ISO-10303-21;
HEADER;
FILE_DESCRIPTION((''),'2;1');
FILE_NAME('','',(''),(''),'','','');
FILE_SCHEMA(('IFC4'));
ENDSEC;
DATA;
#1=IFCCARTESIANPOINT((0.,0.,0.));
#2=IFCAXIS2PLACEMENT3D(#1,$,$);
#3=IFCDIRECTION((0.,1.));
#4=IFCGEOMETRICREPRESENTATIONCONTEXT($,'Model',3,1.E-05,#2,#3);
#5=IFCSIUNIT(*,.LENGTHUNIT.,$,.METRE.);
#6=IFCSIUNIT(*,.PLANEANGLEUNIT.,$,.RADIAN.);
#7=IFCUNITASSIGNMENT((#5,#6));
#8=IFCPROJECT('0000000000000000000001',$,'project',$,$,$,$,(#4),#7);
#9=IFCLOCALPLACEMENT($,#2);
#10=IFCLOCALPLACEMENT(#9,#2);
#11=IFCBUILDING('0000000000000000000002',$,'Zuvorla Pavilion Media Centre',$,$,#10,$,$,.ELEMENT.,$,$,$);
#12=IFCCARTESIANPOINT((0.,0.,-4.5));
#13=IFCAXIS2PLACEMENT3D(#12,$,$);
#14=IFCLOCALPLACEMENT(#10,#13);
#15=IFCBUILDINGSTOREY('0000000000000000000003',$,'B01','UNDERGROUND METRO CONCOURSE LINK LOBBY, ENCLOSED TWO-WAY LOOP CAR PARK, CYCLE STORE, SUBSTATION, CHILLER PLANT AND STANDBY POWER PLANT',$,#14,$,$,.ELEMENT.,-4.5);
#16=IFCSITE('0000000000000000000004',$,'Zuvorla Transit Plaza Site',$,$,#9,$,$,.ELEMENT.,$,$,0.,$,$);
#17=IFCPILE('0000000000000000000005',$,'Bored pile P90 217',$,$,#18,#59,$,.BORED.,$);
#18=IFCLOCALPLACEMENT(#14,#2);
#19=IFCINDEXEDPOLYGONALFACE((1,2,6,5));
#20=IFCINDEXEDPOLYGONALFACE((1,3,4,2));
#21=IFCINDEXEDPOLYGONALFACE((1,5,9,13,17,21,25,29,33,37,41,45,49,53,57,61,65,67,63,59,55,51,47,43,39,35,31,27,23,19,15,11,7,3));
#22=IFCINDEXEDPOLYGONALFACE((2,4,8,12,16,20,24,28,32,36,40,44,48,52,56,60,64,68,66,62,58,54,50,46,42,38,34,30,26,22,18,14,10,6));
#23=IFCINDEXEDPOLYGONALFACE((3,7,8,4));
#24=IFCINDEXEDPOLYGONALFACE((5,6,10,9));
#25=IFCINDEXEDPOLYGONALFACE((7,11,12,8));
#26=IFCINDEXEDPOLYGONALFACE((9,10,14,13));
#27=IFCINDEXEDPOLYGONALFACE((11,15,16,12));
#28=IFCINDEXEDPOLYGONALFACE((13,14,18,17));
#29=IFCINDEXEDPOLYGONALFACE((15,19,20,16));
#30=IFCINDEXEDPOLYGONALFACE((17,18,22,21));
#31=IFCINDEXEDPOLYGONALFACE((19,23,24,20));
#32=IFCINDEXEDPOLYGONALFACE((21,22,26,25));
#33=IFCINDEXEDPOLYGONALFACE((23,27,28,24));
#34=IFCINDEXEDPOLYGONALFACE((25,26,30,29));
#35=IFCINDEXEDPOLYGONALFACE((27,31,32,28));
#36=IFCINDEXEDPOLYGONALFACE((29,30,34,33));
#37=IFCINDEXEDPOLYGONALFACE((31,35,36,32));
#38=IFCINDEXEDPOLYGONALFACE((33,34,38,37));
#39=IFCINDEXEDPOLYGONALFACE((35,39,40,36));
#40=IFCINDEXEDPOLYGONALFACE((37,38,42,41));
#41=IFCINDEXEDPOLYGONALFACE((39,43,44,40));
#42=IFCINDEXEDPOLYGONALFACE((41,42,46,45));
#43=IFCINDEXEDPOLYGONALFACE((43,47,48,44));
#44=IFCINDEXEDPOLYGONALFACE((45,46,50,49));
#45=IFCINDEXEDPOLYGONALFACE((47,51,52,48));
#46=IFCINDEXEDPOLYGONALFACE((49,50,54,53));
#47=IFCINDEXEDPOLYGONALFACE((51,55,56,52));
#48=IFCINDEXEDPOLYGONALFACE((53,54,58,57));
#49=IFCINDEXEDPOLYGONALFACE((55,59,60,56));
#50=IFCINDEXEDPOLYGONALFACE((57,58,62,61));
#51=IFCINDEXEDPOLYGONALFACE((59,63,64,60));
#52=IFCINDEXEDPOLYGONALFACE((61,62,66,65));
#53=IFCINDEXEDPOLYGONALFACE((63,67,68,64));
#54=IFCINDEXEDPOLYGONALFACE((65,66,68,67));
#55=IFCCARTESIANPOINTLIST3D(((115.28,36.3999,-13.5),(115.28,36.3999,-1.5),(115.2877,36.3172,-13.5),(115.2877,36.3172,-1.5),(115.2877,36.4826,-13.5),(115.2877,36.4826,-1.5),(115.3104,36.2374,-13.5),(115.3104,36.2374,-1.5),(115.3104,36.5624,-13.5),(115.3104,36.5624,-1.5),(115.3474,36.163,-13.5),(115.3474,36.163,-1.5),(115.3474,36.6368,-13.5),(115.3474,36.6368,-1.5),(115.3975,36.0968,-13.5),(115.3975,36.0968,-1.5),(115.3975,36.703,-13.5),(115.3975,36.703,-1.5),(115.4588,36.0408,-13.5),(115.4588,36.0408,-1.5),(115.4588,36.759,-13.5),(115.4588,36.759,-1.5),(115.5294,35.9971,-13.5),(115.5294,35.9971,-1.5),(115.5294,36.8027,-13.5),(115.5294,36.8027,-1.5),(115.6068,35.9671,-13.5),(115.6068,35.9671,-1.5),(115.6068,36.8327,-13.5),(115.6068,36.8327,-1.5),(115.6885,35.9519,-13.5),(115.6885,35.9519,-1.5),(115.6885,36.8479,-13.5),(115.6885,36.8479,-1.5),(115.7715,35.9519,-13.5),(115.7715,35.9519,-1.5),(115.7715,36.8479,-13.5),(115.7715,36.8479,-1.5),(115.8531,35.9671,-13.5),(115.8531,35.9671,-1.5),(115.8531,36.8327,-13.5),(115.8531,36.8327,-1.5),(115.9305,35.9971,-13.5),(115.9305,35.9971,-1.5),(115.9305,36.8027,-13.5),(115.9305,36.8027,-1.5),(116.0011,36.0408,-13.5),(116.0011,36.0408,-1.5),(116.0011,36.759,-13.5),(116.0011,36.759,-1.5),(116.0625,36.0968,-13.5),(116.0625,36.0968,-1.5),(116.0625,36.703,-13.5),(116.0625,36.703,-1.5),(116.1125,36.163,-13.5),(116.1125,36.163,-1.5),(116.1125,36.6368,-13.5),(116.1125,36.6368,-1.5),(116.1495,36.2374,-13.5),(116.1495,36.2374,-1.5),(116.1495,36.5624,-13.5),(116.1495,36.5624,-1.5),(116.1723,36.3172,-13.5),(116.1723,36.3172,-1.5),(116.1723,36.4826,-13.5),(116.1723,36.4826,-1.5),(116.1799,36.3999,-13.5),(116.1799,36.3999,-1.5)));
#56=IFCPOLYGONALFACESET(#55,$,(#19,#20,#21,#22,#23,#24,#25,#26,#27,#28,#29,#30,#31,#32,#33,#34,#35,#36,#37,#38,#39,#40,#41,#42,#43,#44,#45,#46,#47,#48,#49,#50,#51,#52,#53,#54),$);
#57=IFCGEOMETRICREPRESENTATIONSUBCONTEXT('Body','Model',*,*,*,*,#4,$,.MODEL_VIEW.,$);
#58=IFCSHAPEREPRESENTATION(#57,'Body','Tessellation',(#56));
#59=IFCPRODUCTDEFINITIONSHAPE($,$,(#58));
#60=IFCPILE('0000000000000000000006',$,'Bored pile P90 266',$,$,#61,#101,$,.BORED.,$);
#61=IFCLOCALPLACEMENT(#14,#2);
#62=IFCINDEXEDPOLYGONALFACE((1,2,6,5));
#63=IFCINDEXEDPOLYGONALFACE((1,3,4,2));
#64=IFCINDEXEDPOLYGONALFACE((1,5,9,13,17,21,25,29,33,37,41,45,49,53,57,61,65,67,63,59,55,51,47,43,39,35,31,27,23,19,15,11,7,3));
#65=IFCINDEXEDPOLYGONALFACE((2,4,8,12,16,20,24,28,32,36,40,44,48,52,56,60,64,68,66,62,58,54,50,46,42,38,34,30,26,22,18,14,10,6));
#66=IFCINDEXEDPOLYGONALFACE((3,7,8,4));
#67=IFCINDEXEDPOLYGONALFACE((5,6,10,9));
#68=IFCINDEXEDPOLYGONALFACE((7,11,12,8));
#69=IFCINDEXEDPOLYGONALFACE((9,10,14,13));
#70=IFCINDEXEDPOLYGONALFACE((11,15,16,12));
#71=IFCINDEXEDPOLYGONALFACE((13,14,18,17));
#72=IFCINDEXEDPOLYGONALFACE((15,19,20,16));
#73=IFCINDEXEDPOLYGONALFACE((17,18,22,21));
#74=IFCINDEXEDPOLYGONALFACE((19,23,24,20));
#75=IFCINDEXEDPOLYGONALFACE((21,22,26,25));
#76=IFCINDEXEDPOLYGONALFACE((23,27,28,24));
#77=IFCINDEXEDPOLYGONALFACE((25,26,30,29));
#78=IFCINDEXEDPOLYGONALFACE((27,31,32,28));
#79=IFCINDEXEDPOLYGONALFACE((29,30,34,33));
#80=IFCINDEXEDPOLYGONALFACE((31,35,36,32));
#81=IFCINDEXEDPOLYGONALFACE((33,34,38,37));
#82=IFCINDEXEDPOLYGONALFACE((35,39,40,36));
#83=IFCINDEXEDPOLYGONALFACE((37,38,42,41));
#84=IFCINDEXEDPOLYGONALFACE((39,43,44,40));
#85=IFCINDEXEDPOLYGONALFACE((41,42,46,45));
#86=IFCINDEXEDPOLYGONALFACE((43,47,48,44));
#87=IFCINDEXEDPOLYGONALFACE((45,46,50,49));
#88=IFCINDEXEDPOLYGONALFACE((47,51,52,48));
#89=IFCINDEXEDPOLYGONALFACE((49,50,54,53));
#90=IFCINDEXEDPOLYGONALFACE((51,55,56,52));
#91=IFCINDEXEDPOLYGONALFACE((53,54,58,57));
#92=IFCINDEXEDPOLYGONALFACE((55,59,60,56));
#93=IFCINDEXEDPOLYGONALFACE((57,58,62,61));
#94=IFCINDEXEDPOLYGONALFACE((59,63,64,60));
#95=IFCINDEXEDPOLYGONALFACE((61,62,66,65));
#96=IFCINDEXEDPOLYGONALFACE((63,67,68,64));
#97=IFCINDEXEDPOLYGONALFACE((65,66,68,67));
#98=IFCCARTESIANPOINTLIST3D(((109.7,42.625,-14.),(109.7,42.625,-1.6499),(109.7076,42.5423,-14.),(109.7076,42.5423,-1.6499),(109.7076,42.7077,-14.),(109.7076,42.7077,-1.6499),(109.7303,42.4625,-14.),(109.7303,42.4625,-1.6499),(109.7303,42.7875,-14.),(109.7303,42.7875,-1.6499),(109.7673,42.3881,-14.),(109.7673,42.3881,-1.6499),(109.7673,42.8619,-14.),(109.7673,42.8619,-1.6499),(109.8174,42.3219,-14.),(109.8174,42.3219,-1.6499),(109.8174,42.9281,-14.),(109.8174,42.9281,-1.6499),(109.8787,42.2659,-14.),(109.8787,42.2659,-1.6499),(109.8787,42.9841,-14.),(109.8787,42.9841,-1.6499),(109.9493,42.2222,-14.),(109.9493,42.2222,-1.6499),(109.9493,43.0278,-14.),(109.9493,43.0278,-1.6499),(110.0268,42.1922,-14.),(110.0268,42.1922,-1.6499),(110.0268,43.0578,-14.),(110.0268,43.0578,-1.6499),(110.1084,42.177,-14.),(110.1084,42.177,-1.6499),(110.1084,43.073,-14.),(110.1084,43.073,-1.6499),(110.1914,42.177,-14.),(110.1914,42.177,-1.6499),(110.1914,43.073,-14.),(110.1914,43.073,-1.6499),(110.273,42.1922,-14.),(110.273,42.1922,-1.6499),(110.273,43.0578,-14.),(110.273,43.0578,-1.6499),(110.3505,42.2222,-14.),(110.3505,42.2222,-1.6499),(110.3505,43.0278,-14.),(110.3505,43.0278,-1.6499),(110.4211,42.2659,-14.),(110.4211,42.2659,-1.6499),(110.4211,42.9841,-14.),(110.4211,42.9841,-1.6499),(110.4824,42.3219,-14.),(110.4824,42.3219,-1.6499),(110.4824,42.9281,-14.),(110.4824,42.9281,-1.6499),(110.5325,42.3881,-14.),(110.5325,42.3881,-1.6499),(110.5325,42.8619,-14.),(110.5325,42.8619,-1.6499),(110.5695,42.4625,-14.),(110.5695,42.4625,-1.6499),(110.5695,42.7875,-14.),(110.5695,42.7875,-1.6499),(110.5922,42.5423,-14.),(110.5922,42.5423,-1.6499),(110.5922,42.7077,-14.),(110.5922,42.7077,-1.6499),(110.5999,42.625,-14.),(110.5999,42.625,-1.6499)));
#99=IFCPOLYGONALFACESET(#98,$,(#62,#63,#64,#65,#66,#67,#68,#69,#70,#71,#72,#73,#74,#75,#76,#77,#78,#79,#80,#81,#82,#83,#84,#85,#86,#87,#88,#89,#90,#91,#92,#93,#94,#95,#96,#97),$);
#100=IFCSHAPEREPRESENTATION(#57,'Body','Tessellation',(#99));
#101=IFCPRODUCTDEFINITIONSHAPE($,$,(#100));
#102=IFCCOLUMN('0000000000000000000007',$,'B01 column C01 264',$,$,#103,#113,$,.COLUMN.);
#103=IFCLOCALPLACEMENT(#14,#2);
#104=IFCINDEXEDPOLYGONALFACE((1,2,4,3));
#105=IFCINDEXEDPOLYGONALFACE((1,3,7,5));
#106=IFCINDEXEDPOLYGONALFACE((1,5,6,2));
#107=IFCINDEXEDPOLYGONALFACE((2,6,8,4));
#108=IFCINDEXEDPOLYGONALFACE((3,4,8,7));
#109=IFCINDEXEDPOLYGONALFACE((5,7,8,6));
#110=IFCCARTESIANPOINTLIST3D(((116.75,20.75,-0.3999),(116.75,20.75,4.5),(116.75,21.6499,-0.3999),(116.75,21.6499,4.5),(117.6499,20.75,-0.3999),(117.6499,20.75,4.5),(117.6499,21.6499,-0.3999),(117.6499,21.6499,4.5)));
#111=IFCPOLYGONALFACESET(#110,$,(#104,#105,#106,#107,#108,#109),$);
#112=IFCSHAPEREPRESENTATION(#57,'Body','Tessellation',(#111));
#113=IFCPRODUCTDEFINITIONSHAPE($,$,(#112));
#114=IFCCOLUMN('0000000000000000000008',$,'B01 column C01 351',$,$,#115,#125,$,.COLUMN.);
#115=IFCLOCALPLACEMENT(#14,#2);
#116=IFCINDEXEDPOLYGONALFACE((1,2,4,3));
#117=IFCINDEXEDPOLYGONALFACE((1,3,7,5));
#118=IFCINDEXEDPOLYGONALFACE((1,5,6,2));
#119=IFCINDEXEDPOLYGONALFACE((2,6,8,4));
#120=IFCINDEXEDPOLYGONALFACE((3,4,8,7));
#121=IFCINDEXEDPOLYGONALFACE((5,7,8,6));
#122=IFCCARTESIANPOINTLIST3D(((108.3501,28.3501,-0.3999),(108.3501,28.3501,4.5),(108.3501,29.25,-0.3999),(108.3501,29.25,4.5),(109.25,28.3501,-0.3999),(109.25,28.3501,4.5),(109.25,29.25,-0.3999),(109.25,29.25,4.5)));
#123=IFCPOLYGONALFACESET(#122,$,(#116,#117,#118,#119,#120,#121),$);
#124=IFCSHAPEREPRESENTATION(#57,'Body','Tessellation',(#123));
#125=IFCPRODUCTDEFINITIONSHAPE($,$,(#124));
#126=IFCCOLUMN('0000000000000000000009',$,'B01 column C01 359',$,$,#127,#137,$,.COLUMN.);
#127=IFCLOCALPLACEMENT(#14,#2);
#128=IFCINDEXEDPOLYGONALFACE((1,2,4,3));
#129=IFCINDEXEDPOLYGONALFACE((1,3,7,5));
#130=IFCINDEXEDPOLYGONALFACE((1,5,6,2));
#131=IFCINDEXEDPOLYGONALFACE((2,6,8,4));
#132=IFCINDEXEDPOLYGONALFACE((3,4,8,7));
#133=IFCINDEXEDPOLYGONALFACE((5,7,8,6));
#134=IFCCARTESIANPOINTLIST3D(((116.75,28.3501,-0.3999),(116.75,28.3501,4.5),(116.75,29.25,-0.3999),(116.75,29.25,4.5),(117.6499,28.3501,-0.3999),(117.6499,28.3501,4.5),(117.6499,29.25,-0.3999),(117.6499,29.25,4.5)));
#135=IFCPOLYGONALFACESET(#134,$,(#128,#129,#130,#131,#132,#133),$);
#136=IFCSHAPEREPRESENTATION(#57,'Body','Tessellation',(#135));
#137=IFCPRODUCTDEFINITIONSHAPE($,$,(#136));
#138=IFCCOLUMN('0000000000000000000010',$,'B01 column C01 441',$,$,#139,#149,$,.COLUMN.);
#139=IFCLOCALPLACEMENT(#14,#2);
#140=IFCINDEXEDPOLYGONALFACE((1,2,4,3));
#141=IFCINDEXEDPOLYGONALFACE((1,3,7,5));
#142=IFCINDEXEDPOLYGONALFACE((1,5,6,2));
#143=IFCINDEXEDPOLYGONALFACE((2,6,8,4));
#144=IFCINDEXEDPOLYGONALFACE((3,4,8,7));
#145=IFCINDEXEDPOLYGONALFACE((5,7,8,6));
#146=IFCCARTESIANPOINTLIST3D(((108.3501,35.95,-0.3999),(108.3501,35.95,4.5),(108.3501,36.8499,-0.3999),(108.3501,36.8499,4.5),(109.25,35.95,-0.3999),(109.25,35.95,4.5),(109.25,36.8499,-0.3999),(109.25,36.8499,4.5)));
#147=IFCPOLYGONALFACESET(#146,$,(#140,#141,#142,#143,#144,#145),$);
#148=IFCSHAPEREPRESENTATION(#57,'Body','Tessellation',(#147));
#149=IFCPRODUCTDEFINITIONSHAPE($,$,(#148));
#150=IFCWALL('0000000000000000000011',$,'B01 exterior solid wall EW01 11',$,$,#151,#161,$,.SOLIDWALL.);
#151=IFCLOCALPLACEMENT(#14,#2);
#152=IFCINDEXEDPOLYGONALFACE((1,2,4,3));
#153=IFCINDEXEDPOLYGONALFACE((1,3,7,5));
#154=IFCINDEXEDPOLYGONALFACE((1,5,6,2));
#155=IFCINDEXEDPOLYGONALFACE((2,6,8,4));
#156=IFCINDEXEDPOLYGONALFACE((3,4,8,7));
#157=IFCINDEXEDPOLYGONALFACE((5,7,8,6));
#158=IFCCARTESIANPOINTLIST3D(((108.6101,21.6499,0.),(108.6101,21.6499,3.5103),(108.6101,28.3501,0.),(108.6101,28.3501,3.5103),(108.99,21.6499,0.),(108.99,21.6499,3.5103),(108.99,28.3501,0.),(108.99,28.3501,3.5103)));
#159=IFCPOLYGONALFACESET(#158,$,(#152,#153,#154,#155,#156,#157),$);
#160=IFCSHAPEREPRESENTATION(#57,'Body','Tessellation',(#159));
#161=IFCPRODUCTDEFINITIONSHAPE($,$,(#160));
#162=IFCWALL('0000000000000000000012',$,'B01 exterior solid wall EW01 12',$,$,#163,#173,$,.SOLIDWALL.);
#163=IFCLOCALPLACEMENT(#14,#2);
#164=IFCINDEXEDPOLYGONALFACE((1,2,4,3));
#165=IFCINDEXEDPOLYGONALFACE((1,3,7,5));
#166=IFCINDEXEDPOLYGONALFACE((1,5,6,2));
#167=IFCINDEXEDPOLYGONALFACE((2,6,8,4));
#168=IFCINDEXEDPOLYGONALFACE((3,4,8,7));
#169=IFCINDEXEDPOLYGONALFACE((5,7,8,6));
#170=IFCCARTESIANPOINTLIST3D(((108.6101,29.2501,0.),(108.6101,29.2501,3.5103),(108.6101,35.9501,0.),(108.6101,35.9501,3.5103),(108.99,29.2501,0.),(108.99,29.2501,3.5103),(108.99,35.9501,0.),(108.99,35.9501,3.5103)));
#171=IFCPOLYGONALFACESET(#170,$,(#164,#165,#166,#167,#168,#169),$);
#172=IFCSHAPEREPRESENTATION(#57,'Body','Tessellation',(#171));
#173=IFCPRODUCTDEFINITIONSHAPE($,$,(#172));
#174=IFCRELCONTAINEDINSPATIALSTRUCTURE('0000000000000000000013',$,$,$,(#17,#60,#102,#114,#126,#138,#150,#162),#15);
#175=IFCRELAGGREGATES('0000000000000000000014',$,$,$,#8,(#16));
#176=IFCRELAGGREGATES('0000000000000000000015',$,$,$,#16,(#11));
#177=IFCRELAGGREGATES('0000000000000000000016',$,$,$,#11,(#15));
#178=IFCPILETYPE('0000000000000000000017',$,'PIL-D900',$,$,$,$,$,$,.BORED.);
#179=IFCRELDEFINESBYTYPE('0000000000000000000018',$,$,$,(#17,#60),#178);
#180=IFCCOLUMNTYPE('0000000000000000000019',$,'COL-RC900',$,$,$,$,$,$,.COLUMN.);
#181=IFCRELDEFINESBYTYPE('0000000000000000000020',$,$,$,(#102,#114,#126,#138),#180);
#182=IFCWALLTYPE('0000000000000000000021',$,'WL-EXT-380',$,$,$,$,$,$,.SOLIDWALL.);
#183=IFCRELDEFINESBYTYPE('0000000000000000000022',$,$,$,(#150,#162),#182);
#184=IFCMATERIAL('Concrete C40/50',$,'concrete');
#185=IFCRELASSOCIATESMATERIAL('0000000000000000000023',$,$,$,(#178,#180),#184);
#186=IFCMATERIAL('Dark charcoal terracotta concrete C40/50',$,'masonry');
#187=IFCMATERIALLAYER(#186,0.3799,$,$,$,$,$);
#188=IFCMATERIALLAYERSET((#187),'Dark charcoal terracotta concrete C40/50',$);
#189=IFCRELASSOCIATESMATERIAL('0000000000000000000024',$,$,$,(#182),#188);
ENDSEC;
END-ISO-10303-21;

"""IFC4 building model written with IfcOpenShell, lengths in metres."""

from ifc_helpers import new_model, si_unit, direction, frame, frame_2d, origin, origin_2d, place, context, subcontext, project, spatial, rectangle, circle, extrude, material, layer, layer_set, material_profile, profile_set, type_object, element, save


model = new_model("IFC4")

# Units and contexts
model_context = context("Model", 3, precision=1e-05, world=origin(), true_north=direction((0.0, 1.0)))
body_context = subcontext(model_context, "Body", "Model", "MODEL_VIEW")
ifc_project = project(units=[si_unit("LENGTHUNIT", "METRE"), si_unit("PLANEANGLEUNIT", "RADIAN")], contexts=[model_context])

# Site, building, storey
site_placement = place(None, origin())
site = spatial("IfcSite", under=ifc_project, at=site_placement, Name="Zuvorla Transit Plaza Site", CompositionType="ELEMENT", RefElevation=0.0)
building_placement = place(site_placement, origin())
building = spatial("IfcBuilding", under=site, at=building_placement, Name="Zuvorla Pavilion Media Centre", CompositionType="ELEMENT")
storey_placement = place(building_placement, frame((0.0, 0.0, -4.5)))
storey = spatial("IfcBuildingStorey", under=building, at=storey_placement, Name="B01", Description="UNDERGROUND METRO CONCOURSE LINK LOBBY, ENCLOSED TWO-WAY LOOP CAR PARK, CYCLE STORE, SUBSTATION, CHILLER PLANT AND STANDBY POWER PLANT", CompositionType="ELEMENT", Elevation=-4.5)

# Shared definitions
ifc_material_1 = material(Name="Concrete C40/50", Category="concrete")

# Piles
ifc_material_profile_1 = material_profile(ifc_material_1, circle(Radius=0.45, at=origin_2d()), Name="BORED PILE 900")
ifc_profile_set_1 = profile_set([ifc_material_profile_1], Name="Concrete C40/50")
pile_type = type_object("IfcPileType", Name="PIL-D900", PredefinedType="BORED", material=ifc_profile_set_1)
pile_1_placement = place(storey_placement, frame((115.73, 36.3999, -1.5), z_axis=(0.0, 0.0, -1.0), x_axis=(1.0, 0.0, 0.0)))
element("IfcPile", 1, at=pile_1_placement, inside=storey, type_object=pile_type, Name="Bored pile P90 217", PredefinedType="BORED", context=body_context, shape_type="SweptSolid", body=[
    extrude(circle(Radius=0.45, at=origin_2d()), origin(), (0.0, 0.0, 1.0), 12.0),
])
pile_2_placement = place(storey_placement, frame((110.1499, 42.625, -1.6499), z_axis=(0.0, 0.0, -1.0), x_axis=(1.0, 0.0, 0.0)))
element("IfcPile", 2, at=pile_2_placement, inside=storey, type_object=pile_type, Name="Bored pile P90 266", PredefinedType="BORED", context=body_context, shape_type="SweptSolid", body=[
    extrude(circle(Radius=0.45, at=origin_2d()), origin(), (0.0, 0.0, 1.0), 12.3501),
])

# Columns
ifc_material_profile_2 = material_profile(ifc_material_1, rectangle(XDim=0.8999, YDim=0.8999, at=origin_2d()), Name="RC 900x900")
ifc_profile_set_2 = profile_set([ifc_material_profile_2], Name="Concrete C40/50")
column_type = type_object("IfcColumnType", Name="COL-RC900", PredefinedType="COLUMN", material=ifc_profile_set_2)
for number, where, z_axis, x_axis, name in (
    (3, (117.2, 21.2, -0.3999), (0.0, 0.0, 1.0), (1.0, 0.0, 0.0), "B01 column C01 264"),
    (4, (108.8, 28.8, -0.3999), (0.0, 0.0, 1.0), (1.0, 0.0, 0.0), "B01 column C01 351"),
    (5, (117.2, 28.8, -0.3999), (0.0, 0.0, 1.0), (1.0, 0.0, 0.0), "B01 column C01 359"),
    (6, (108.8, 36.3999, -0.3999), (0.0, 0.0, 1.0), (1.0, 0.0, 0.0), "B01 column C01 441"),
):
    element("IfcColumn", number, at=place(storey_placement, frame(where, z_axis=z_axis, x_axis=x_axis)), inside=storey, type_object=column_type, Name=name, PredefinedType="COLUMN", context=body_context, shape_type="SweptSolid", body=[
        extrude(rectangle(XDim=0.8999, YDim=0.8999, at=origin_2d()), origin(), (0.0, 0.0, 1.0), 4.8999),
    ])

# Walls
ifc_material_2 = material(Name="Dark charcoal terracotta concrete C40/50", Category="masonry")
ifc_layer = layer(ifc_material_2, 0.3799)
ifc_layer_set = layer_set([ifc_layer], Name="Dark charcoal terracotta concrete C40/50")
wall_type = type_object("IfcWallType", Name="WL-EXT-380", PredefinedType="SOLIDWALL", material=ifc_layer_set)
wall_1_placement = place(storey_placement, frame((108.8, 21.6499, 0.0), z_axis=(0.0, 0.0, 1.0), x_axis=(0.0, 1.0, 0.0)))
element("IfcWall", 7, at=wall_1_placement, inside=storey, type_object=wall_type, Name="B01 exterior solid wall EW01 11", PredefinedType="SOLIDWALL", context=body_context, shape_type="SweptSolid", body=[
    extrude(rectangle(XDim=6.7002, YDim=0.3799, at=frame_2d((3.3501, 0.0))), origin(), (0.0, 0.0, 1.0), 3.5103),
])
wall_2_placement = place(storey_placement, frame((108.8, 29.25, 0.0), z_axis=(0.0, 0.0, 1.0), x_axis=(0.0, 1.0, 0.0)))
element("IfcWall", 8, at=wall_2_placement, inside=storey, type_object=wall_type, Name="B01 exterior solid wall EW01 12", PredefinedType="SOLIDWALL", context=body_context, shape_type="SweptSolid", body=[
    extrude(rectangle(XDim=6.7, YDim=0.3799, at=frame_2d((3.3501, 0.0))), origin(), (0.0, 0.0, 1.0), 3.5103),
])

save(model, "model.ifc")
